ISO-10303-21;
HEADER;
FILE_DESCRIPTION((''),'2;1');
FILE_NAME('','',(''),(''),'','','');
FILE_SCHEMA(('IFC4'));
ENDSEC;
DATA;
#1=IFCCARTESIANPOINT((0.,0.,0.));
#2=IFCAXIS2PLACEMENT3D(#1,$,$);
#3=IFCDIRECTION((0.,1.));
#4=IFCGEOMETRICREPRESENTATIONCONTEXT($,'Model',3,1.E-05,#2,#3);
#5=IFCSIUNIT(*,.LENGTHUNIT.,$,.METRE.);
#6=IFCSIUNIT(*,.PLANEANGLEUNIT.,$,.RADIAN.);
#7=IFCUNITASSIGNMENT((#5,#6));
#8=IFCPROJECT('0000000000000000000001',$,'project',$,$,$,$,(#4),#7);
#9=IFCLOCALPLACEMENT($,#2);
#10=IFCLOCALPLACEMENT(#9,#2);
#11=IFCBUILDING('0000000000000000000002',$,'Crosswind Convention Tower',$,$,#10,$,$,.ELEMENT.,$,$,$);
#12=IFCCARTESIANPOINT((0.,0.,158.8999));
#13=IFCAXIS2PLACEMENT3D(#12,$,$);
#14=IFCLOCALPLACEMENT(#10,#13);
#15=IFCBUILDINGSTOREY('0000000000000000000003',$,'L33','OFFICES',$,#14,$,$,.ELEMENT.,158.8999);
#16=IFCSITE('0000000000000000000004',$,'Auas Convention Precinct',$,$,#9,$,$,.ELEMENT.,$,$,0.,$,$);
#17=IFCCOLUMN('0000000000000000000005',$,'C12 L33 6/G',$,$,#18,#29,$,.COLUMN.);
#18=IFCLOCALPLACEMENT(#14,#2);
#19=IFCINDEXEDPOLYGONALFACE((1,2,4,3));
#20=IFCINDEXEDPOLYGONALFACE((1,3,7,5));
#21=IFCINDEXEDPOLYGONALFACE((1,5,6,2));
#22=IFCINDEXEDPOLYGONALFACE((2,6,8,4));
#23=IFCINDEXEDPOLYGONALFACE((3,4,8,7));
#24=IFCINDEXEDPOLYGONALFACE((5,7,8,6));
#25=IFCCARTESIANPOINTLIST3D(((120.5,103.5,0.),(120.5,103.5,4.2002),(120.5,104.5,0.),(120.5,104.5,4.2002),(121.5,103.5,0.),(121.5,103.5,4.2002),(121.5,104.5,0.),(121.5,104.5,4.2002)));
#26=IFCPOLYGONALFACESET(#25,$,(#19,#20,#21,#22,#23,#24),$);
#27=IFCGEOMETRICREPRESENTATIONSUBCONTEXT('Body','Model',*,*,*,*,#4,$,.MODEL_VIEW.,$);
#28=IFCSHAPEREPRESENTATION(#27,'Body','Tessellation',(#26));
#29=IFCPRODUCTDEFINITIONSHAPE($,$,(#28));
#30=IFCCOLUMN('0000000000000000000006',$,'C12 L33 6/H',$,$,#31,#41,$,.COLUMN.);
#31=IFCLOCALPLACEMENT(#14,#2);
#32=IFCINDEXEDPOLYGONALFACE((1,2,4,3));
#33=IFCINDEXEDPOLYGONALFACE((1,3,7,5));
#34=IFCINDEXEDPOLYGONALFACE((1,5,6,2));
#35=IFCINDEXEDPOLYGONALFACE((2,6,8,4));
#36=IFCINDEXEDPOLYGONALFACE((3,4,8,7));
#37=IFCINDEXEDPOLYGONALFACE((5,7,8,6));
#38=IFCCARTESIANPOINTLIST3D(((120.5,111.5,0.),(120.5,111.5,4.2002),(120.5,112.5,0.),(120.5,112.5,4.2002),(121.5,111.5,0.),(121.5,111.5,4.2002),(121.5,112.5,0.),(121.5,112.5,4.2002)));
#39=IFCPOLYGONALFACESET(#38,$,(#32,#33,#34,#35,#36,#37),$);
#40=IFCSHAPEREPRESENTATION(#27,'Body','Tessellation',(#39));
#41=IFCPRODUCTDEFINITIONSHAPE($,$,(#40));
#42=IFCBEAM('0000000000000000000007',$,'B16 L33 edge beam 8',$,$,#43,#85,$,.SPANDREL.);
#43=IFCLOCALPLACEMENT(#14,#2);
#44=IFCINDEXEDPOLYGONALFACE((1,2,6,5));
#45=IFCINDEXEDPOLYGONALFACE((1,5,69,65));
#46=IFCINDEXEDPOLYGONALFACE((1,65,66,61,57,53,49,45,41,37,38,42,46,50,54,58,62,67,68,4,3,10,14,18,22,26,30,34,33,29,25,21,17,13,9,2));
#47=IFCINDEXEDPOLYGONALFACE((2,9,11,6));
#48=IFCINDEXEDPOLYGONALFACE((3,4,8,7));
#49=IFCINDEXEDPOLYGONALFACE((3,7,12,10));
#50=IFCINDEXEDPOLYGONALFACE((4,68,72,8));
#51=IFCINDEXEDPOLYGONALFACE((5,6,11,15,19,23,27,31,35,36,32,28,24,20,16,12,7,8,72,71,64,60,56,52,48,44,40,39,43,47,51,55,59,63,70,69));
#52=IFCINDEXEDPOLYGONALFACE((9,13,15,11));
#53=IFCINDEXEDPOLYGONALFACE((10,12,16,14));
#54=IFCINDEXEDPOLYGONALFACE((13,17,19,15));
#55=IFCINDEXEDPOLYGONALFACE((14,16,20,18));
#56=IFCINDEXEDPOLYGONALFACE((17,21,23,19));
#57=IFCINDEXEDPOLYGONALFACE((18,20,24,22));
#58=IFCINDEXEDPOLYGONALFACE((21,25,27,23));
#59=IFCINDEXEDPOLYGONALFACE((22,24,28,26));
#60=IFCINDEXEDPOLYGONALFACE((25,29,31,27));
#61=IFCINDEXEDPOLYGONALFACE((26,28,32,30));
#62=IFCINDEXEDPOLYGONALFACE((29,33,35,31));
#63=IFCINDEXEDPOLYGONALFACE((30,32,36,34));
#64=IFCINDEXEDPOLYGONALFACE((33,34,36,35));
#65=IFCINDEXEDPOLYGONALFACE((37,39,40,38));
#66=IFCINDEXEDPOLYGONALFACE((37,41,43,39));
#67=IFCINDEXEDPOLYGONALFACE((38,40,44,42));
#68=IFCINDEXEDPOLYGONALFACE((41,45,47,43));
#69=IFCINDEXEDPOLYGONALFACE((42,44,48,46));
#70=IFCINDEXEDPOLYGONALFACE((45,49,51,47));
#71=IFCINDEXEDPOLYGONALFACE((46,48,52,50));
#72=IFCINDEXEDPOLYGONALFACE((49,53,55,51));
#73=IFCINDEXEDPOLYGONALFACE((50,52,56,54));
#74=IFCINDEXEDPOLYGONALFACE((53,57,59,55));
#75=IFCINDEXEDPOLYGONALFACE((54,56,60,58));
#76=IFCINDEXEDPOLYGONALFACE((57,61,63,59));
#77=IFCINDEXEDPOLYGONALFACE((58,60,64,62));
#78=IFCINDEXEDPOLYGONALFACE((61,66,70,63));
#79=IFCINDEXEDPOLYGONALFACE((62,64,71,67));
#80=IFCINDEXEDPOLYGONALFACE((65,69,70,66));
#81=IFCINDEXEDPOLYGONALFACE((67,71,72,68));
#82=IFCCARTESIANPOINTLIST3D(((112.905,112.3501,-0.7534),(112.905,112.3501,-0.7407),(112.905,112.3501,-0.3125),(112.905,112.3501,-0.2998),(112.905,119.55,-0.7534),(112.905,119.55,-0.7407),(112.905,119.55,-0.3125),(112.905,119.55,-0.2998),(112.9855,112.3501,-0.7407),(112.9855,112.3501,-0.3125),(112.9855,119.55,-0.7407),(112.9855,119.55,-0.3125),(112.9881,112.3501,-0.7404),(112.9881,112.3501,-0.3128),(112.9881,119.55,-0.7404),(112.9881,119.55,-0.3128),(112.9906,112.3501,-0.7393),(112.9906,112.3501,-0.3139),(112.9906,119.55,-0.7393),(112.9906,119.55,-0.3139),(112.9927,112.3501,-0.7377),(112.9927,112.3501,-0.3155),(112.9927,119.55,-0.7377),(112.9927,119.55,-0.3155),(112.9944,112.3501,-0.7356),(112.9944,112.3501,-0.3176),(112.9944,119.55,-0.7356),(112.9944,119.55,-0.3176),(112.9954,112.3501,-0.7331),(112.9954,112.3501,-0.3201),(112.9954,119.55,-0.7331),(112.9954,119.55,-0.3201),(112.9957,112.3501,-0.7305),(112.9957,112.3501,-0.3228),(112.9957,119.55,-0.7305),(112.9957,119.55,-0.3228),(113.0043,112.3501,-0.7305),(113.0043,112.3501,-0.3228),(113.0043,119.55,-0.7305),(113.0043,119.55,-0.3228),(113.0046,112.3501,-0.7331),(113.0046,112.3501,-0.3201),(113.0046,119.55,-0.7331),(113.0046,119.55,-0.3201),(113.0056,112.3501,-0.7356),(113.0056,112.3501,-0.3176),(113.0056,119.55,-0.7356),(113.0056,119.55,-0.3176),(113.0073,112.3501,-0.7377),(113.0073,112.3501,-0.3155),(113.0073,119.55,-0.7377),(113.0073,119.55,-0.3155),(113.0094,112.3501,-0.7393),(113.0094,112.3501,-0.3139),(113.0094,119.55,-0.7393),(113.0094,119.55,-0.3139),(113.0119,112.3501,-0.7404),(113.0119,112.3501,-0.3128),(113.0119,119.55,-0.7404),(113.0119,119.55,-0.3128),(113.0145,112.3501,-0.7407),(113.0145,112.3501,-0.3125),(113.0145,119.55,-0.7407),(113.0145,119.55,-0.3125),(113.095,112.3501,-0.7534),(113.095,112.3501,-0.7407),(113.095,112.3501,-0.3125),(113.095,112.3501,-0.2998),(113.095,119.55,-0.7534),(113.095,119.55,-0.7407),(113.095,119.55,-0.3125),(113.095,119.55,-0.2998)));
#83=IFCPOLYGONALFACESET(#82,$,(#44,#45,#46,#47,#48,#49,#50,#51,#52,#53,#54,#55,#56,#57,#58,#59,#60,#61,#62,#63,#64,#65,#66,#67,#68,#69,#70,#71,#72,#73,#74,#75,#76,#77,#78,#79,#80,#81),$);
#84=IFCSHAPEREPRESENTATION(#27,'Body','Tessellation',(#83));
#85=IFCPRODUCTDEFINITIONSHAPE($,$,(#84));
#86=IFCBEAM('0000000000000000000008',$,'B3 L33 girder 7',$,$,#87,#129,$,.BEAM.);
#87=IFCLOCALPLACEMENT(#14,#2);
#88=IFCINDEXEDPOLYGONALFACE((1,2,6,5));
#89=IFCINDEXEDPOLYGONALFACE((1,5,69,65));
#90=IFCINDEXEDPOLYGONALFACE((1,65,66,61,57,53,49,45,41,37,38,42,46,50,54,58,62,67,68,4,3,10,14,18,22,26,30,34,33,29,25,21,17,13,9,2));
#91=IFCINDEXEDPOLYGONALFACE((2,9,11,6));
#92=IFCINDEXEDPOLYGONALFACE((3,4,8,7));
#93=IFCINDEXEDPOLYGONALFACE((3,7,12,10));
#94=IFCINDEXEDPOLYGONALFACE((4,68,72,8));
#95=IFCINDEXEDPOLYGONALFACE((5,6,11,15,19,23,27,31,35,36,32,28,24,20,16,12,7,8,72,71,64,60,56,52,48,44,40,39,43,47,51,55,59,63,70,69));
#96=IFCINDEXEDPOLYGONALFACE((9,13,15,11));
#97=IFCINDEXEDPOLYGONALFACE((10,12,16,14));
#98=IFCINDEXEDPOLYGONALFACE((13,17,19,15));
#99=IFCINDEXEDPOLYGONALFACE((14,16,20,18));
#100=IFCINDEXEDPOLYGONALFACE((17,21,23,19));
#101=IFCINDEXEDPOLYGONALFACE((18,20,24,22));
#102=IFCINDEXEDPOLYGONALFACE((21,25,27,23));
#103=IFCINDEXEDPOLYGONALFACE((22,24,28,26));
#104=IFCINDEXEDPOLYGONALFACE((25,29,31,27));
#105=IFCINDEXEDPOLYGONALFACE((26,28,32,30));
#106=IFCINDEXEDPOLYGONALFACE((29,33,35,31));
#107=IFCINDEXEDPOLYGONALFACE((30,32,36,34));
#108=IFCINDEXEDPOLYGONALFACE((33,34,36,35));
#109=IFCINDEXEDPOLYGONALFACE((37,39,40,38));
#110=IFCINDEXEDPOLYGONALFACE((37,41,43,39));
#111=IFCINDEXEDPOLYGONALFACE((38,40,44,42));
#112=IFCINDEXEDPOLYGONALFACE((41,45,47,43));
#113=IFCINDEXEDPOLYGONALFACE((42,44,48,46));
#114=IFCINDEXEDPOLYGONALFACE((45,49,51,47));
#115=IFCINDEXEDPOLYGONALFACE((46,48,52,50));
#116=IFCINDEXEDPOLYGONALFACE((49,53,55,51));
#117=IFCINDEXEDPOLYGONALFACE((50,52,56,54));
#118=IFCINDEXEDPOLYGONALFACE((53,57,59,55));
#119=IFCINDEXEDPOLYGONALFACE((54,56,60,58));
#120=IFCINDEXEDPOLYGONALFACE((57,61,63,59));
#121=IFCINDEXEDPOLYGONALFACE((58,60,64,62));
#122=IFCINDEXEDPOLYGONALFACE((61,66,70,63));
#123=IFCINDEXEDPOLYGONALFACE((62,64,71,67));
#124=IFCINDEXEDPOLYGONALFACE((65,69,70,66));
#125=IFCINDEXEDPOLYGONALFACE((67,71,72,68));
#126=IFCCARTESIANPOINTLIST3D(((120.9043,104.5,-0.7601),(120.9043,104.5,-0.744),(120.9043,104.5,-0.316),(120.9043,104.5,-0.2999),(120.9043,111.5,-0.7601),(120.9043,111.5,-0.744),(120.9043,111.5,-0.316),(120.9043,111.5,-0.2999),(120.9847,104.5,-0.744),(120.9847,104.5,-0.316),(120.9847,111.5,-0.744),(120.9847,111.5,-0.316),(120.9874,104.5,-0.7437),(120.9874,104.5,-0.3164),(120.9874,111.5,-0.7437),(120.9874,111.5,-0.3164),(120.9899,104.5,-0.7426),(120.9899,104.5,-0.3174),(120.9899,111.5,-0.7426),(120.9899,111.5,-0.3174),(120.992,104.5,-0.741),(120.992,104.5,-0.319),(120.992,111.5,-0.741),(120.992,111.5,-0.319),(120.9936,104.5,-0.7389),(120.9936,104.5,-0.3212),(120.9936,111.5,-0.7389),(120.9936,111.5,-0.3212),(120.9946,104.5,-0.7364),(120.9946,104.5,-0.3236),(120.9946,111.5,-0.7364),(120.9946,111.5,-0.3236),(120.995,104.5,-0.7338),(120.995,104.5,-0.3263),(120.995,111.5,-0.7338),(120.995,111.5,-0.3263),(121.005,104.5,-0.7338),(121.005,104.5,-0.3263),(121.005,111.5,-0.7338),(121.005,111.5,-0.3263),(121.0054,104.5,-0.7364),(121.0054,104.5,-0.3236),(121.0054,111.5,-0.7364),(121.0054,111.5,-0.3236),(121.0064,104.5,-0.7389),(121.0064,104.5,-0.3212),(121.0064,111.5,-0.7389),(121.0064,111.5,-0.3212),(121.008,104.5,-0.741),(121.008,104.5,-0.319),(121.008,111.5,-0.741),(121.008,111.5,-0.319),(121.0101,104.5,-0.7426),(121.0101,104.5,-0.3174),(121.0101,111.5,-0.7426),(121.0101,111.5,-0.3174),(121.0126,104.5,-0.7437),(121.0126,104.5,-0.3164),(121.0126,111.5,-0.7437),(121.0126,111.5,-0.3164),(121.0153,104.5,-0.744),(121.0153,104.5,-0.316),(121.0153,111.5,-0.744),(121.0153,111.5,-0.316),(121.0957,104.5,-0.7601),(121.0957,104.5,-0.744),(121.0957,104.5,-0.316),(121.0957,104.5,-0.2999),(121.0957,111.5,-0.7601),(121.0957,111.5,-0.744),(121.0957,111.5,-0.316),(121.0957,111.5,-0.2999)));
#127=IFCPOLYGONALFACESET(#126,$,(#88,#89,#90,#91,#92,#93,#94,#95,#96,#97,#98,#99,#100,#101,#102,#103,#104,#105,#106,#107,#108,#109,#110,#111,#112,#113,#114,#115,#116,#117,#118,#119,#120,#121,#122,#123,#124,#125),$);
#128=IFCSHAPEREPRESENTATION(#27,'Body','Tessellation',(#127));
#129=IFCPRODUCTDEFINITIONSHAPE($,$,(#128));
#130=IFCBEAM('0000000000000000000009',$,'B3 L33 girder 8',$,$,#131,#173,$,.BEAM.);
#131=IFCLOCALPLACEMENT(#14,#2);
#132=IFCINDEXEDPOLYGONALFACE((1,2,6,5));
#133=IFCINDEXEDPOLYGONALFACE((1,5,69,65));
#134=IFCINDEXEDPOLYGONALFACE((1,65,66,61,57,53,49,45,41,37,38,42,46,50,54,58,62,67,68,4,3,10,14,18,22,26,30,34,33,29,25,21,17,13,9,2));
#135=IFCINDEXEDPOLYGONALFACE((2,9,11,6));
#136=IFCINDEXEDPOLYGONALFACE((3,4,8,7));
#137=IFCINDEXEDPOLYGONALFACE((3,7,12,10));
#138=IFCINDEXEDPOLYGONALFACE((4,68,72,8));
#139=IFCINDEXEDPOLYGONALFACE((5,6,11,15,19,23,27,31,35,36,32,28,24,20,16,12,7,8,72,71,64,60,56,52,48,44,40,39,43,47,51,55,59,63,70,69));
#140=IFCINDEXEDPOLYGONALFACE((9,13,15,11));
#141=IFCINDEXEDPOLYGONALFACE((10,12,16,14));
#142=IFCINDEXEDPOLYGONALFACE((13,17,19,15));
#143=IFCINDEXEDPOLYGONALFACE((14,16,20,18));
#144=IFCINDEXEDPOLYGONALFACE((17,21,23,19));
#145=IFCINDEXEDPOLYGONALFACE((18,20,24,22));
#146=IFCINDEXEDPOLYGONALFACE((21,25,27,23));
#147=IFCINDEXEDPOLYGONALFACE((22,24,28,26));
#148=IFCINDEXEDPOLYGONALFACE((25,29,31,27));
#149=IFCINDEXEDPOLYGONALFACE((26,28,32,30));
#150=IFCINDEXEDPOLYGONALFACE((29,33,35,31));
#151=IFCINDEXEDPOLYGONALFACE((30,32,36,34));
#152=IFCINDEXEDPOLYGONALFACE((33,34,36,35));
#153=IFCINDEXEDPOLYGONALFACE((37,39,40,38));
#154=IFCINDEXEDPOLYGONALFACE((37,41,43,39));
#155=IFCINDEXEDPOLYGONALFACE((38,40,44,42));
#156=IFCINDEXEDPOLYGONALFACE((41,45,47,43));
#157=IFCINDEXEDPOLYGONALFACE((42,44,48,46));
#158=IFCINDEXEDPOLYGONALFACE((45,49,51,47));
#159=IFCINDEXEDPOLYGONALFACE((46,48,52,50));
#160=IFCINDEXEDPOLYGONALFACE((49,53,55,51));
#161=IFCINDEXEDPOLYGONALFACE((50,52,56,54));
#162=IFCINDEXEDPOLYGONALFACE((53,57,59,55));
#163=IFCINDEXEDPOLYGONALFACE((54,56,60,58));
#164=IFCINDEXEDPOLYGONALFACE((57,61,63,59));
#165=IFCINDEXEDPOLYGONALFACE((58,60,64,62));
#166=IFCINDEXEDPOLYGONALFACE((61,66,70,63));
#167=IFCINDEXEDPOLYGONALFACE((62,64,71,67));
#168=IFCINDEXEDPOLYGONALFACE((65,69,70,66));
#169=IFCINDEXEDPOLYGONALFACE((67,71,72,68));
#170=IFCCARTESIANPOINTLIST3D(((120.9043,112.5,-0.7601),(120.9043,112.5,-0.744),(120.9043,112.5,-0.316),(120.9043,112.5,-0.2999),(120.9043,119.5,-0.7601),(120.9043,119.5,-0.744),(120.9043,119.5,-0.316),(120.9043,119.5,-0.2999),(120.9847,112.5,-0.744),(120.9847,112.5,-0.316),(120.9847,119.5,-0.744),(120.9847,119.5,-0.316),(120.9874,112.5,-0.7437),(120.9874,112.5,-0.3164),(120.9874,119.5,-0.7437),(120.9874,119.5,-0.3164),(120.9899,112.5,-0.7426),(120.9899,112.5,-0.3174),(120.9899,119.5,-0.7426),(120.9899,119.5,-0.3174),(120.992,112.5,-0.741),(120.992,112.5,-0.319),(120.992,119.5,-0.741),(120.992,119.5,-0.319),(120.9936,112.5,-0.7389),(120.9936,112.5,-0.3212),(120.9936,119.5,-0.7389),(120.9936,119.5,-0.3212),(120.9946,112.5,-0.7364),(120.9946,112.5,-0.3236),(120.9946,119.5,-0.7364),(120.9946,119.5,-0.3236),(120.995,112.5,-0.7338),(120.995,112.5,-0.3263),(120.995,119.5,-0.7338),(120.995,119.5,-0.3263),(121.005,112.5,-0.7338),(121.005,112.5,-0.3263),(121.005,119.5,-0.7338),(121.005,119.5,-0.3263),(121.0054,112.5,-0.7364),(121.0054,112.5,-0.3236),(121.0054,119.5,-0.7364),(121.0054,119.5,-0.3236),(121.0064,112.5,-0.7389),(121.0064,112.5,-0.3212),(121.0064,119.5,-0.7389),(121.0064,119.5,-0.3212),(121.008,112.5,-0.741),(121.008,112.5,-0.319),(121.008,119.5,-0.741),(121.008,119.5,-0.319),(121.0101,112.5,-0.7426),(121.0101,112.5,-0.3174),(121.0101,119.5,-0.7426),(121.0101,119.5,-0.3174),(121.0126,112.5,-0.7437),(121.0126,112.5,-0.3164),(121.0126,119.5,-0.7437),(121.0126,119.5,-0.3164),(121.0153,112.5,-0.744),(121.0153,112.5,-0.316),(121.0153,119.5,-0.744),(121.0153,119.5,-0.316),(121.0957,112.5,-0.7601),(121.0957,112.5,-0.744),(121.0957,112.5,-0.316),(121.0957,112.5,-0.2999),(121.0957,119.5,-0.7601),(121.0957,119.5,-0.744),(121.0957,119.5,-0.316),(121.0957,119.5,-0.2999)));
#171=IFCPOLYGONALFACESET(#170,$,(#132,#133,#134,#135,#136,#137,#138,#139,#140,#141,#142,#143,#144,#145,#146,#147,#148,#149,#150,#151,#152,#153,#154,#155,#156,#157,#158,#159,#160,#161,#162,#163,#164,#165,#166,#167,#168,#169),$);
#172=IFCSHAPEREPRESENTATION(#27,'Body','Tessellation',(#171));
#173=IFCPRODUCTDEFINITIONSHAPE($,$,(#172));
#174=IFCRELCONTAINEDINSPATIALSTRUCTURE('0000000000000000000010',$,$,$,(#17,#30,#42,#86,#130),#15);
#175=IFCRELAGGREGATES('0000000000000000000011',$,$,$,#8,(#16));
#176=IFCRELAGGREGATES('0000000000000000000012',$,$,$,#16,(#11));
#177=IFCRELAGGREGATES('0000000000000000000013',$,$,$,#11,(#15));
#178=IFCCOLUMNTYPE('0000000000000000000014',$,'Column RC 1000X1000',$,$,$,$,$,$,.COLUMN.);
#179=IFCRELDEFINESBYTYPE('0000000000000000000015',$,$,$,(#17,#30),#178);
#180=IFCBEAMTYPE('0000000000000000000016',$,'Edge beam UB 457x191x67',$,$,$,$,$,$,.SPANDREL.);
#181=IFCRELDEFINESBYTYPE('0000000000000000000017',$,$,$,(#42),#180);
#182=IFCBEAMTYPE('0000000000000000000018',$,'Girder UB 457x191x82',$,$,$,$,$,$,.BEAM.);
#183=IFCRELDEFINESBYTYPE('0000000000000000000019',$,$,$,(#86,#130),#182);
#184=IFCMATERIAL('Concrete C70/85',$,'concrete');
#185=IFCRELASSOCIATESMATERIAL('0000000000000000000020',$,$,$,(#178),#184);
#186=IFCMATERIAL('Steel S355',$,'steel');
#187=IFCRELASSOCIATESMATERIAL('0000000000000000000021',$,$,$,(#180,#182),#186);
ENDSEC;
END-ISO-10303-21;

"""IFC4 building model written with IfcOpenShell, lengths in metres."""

from ifc_helpers import new_model, si_unit, direction, frame, origin, origin_2d, place, context, subcontext, project, spatial, rectangle, i_section, extrude, material, material_profile, profile_set, type_object, element, save


model = new_model("IFC4")

# Units and contexts
model_context = context("Model", 3, precision=1e-05, world=origin(), true_north=direction((0.0, 1.0)))
body_context = subcontext(model_context, "Body", "Model", "MODEL_VIEW")
ifc_project = project(units=[si_unit("LENGTHUNIT", "METRE"), si_unit("PLANEANGLEUNIT", "RADIAN")], contexts=[model_context])

# Site, building, storey
site_placement = place(None, origin())
site = spatial("IfcSite", under=ifc_project, at=site_placement, Name="Auas Convention Precinct", CompositionType="ELEMENT", RefElevation=0.0)
building_placement = place(site_placement, origin())
building = spatial("IfcBuilding", under=site, at=building_placement, Name="Crosswind Convention Tower", CompositionType="ELEMENT")
storey_placement = place(building_placement, frame((0.0, 0.0, 158.8999)))
storey = spatial("IfcBuildingStorey", under=building, at=storey_placement, Name="L33", Description="OFFICES", CompositionType="ELEMENT", Elevation=158.8999)

# Columns
ifc_material_1 = material(Name="Concrete C70/85", Category="concrete")
ifc_material_profile_1 = material_profile(ifc_material_1, rectangle(XDim=1.0, YDim=1.0, at=origin_2d()), Name="RC 1000X1000")
ifc_profile_set_1 = profile_set([ifc_material_profile_1], Name="Concrete C70/85")
column_type = type_object("IfcColumnType", Name="Column RC 1000X1000", PredefinedType="COLUMN", material=ifc_profile_set_1)
for number, where, z_axis, x_axis, name in (
    (1, (121.0, 104.0, 0.0), (0.0, 0.0, 1.0), (1.0, 0.0, 0.0), "C12 L33 6/G"),
    (2, (121.0, 112.0, 0.0), (0.0, 0.0, 1.0), (1.0, 0.0, 0.0), "C12 L33 6/H"),
):
    element("IfcColumn", number, at=place(storey_placement, frame(where, z_axis=z_axis, x_axis=x_axis)), inside=storey, type_object=column_type, Name=name, PredefinedType="COLUMN", context=body_context, shape_type="SweptSolid", body=[
        extrude(rectangle(XDim=1.0, YDim=1.0, at=origin_2d()), origin(), (0.0, 0.0, 1.0), 4.2002),
    ])

# Beams
ifc_material_2 = material(Name="Steel S355", Category="steel")
ifc_material_profile_2 = material_profile(ifc_material_2, i_section(OverallWidth=0.1899, OverallDepth=0.4536, WebThickness=0.0085, FlangeThickness=0.0127, FilletRadius=0.0103, at=origin_2d()), Name="UB 457x191x67")
ifc_profile_set_2 = profile_set([ifc_material_profile_2], Name="Steel S355")
beam_type_1 = type_object("IfcBeamType", Name="Edge beam UB 457x191x67", PredefinedType="SPANDREL", material=ifc_profile_set_2)
beam_1_placement = place(storey_placement, frame((113.0, 112.3501, -0.5266), z_axis=(0.0, 1.0, 0.0), x_axis=(-1.0, 0.0, 0.0)))
element("IfcBeam", 3, at=beam_1_placement, inside=storey, type_object=beam_type_1, Name="B16 L33 edge beam 8", PredefinedType="SPANDREL", context=body_context, shape_type="SweptSolid", body=[
    extrude(i_section(OverallWidth=0.1899, OverallDepth=0.4536, WebThickness=0.0085, FlangeThickness=0.0127, FilletRadius=0.0103, at=origin_2d()), origin(), (0.0, 0.0, 1.0), 7.2),
])
ifc_material_profile_3 = material_profile(ifc_material_2, i_section(OverallWidth=0.1914, OverallDepth=0.4602, WebThickness=0.01, FlangeThickness=0.0161, FilletRadius=0.0103, at=origin_2d()), Name="UB 457x191x82")
ifc_profile_set_3 = profile_set([ifc_material_profile_3], Name="Steel S355")
beam_type_2 = type_object("IfcBeamType", Name="Girder UB 457x191x82", PredefinedType="BEAM", material=ifc_profile_set_3)
for number, where, z_axis, x_axis, name in (
    (4, (121.0, 104.5, -0.53), (0.0, 1.0, 0.0), (-1.0, 0.0, 0.0), "B3 L33 girder 7"),
    (5, (121.0, 112.5, -0.53), (0.0, 1.0, 0.0), (-1.0, 0.0, 0.0), "B3 L33 girder 8"),
):
    element("IfcBeam", number, at=place(storey_placement, frame(where, z_axis=z_axis, x_axis=x_axis)), inside=storey, type_object=beam_type_2, Name=name, PredefinedType="BEAM", context=body_context, shape_type="SweptSolid", body=[
        extrude(i_section(OverallWidth=0.1914, OverallDepth=0.4602, WebThickness=0.01, FlangeThickness=0.0161, FilletRadius=0.0103, at=origin_2d()), origin(), (0.0, 0.0, 1.0), 7.0),
    ])

save(model, "model.ifc")
